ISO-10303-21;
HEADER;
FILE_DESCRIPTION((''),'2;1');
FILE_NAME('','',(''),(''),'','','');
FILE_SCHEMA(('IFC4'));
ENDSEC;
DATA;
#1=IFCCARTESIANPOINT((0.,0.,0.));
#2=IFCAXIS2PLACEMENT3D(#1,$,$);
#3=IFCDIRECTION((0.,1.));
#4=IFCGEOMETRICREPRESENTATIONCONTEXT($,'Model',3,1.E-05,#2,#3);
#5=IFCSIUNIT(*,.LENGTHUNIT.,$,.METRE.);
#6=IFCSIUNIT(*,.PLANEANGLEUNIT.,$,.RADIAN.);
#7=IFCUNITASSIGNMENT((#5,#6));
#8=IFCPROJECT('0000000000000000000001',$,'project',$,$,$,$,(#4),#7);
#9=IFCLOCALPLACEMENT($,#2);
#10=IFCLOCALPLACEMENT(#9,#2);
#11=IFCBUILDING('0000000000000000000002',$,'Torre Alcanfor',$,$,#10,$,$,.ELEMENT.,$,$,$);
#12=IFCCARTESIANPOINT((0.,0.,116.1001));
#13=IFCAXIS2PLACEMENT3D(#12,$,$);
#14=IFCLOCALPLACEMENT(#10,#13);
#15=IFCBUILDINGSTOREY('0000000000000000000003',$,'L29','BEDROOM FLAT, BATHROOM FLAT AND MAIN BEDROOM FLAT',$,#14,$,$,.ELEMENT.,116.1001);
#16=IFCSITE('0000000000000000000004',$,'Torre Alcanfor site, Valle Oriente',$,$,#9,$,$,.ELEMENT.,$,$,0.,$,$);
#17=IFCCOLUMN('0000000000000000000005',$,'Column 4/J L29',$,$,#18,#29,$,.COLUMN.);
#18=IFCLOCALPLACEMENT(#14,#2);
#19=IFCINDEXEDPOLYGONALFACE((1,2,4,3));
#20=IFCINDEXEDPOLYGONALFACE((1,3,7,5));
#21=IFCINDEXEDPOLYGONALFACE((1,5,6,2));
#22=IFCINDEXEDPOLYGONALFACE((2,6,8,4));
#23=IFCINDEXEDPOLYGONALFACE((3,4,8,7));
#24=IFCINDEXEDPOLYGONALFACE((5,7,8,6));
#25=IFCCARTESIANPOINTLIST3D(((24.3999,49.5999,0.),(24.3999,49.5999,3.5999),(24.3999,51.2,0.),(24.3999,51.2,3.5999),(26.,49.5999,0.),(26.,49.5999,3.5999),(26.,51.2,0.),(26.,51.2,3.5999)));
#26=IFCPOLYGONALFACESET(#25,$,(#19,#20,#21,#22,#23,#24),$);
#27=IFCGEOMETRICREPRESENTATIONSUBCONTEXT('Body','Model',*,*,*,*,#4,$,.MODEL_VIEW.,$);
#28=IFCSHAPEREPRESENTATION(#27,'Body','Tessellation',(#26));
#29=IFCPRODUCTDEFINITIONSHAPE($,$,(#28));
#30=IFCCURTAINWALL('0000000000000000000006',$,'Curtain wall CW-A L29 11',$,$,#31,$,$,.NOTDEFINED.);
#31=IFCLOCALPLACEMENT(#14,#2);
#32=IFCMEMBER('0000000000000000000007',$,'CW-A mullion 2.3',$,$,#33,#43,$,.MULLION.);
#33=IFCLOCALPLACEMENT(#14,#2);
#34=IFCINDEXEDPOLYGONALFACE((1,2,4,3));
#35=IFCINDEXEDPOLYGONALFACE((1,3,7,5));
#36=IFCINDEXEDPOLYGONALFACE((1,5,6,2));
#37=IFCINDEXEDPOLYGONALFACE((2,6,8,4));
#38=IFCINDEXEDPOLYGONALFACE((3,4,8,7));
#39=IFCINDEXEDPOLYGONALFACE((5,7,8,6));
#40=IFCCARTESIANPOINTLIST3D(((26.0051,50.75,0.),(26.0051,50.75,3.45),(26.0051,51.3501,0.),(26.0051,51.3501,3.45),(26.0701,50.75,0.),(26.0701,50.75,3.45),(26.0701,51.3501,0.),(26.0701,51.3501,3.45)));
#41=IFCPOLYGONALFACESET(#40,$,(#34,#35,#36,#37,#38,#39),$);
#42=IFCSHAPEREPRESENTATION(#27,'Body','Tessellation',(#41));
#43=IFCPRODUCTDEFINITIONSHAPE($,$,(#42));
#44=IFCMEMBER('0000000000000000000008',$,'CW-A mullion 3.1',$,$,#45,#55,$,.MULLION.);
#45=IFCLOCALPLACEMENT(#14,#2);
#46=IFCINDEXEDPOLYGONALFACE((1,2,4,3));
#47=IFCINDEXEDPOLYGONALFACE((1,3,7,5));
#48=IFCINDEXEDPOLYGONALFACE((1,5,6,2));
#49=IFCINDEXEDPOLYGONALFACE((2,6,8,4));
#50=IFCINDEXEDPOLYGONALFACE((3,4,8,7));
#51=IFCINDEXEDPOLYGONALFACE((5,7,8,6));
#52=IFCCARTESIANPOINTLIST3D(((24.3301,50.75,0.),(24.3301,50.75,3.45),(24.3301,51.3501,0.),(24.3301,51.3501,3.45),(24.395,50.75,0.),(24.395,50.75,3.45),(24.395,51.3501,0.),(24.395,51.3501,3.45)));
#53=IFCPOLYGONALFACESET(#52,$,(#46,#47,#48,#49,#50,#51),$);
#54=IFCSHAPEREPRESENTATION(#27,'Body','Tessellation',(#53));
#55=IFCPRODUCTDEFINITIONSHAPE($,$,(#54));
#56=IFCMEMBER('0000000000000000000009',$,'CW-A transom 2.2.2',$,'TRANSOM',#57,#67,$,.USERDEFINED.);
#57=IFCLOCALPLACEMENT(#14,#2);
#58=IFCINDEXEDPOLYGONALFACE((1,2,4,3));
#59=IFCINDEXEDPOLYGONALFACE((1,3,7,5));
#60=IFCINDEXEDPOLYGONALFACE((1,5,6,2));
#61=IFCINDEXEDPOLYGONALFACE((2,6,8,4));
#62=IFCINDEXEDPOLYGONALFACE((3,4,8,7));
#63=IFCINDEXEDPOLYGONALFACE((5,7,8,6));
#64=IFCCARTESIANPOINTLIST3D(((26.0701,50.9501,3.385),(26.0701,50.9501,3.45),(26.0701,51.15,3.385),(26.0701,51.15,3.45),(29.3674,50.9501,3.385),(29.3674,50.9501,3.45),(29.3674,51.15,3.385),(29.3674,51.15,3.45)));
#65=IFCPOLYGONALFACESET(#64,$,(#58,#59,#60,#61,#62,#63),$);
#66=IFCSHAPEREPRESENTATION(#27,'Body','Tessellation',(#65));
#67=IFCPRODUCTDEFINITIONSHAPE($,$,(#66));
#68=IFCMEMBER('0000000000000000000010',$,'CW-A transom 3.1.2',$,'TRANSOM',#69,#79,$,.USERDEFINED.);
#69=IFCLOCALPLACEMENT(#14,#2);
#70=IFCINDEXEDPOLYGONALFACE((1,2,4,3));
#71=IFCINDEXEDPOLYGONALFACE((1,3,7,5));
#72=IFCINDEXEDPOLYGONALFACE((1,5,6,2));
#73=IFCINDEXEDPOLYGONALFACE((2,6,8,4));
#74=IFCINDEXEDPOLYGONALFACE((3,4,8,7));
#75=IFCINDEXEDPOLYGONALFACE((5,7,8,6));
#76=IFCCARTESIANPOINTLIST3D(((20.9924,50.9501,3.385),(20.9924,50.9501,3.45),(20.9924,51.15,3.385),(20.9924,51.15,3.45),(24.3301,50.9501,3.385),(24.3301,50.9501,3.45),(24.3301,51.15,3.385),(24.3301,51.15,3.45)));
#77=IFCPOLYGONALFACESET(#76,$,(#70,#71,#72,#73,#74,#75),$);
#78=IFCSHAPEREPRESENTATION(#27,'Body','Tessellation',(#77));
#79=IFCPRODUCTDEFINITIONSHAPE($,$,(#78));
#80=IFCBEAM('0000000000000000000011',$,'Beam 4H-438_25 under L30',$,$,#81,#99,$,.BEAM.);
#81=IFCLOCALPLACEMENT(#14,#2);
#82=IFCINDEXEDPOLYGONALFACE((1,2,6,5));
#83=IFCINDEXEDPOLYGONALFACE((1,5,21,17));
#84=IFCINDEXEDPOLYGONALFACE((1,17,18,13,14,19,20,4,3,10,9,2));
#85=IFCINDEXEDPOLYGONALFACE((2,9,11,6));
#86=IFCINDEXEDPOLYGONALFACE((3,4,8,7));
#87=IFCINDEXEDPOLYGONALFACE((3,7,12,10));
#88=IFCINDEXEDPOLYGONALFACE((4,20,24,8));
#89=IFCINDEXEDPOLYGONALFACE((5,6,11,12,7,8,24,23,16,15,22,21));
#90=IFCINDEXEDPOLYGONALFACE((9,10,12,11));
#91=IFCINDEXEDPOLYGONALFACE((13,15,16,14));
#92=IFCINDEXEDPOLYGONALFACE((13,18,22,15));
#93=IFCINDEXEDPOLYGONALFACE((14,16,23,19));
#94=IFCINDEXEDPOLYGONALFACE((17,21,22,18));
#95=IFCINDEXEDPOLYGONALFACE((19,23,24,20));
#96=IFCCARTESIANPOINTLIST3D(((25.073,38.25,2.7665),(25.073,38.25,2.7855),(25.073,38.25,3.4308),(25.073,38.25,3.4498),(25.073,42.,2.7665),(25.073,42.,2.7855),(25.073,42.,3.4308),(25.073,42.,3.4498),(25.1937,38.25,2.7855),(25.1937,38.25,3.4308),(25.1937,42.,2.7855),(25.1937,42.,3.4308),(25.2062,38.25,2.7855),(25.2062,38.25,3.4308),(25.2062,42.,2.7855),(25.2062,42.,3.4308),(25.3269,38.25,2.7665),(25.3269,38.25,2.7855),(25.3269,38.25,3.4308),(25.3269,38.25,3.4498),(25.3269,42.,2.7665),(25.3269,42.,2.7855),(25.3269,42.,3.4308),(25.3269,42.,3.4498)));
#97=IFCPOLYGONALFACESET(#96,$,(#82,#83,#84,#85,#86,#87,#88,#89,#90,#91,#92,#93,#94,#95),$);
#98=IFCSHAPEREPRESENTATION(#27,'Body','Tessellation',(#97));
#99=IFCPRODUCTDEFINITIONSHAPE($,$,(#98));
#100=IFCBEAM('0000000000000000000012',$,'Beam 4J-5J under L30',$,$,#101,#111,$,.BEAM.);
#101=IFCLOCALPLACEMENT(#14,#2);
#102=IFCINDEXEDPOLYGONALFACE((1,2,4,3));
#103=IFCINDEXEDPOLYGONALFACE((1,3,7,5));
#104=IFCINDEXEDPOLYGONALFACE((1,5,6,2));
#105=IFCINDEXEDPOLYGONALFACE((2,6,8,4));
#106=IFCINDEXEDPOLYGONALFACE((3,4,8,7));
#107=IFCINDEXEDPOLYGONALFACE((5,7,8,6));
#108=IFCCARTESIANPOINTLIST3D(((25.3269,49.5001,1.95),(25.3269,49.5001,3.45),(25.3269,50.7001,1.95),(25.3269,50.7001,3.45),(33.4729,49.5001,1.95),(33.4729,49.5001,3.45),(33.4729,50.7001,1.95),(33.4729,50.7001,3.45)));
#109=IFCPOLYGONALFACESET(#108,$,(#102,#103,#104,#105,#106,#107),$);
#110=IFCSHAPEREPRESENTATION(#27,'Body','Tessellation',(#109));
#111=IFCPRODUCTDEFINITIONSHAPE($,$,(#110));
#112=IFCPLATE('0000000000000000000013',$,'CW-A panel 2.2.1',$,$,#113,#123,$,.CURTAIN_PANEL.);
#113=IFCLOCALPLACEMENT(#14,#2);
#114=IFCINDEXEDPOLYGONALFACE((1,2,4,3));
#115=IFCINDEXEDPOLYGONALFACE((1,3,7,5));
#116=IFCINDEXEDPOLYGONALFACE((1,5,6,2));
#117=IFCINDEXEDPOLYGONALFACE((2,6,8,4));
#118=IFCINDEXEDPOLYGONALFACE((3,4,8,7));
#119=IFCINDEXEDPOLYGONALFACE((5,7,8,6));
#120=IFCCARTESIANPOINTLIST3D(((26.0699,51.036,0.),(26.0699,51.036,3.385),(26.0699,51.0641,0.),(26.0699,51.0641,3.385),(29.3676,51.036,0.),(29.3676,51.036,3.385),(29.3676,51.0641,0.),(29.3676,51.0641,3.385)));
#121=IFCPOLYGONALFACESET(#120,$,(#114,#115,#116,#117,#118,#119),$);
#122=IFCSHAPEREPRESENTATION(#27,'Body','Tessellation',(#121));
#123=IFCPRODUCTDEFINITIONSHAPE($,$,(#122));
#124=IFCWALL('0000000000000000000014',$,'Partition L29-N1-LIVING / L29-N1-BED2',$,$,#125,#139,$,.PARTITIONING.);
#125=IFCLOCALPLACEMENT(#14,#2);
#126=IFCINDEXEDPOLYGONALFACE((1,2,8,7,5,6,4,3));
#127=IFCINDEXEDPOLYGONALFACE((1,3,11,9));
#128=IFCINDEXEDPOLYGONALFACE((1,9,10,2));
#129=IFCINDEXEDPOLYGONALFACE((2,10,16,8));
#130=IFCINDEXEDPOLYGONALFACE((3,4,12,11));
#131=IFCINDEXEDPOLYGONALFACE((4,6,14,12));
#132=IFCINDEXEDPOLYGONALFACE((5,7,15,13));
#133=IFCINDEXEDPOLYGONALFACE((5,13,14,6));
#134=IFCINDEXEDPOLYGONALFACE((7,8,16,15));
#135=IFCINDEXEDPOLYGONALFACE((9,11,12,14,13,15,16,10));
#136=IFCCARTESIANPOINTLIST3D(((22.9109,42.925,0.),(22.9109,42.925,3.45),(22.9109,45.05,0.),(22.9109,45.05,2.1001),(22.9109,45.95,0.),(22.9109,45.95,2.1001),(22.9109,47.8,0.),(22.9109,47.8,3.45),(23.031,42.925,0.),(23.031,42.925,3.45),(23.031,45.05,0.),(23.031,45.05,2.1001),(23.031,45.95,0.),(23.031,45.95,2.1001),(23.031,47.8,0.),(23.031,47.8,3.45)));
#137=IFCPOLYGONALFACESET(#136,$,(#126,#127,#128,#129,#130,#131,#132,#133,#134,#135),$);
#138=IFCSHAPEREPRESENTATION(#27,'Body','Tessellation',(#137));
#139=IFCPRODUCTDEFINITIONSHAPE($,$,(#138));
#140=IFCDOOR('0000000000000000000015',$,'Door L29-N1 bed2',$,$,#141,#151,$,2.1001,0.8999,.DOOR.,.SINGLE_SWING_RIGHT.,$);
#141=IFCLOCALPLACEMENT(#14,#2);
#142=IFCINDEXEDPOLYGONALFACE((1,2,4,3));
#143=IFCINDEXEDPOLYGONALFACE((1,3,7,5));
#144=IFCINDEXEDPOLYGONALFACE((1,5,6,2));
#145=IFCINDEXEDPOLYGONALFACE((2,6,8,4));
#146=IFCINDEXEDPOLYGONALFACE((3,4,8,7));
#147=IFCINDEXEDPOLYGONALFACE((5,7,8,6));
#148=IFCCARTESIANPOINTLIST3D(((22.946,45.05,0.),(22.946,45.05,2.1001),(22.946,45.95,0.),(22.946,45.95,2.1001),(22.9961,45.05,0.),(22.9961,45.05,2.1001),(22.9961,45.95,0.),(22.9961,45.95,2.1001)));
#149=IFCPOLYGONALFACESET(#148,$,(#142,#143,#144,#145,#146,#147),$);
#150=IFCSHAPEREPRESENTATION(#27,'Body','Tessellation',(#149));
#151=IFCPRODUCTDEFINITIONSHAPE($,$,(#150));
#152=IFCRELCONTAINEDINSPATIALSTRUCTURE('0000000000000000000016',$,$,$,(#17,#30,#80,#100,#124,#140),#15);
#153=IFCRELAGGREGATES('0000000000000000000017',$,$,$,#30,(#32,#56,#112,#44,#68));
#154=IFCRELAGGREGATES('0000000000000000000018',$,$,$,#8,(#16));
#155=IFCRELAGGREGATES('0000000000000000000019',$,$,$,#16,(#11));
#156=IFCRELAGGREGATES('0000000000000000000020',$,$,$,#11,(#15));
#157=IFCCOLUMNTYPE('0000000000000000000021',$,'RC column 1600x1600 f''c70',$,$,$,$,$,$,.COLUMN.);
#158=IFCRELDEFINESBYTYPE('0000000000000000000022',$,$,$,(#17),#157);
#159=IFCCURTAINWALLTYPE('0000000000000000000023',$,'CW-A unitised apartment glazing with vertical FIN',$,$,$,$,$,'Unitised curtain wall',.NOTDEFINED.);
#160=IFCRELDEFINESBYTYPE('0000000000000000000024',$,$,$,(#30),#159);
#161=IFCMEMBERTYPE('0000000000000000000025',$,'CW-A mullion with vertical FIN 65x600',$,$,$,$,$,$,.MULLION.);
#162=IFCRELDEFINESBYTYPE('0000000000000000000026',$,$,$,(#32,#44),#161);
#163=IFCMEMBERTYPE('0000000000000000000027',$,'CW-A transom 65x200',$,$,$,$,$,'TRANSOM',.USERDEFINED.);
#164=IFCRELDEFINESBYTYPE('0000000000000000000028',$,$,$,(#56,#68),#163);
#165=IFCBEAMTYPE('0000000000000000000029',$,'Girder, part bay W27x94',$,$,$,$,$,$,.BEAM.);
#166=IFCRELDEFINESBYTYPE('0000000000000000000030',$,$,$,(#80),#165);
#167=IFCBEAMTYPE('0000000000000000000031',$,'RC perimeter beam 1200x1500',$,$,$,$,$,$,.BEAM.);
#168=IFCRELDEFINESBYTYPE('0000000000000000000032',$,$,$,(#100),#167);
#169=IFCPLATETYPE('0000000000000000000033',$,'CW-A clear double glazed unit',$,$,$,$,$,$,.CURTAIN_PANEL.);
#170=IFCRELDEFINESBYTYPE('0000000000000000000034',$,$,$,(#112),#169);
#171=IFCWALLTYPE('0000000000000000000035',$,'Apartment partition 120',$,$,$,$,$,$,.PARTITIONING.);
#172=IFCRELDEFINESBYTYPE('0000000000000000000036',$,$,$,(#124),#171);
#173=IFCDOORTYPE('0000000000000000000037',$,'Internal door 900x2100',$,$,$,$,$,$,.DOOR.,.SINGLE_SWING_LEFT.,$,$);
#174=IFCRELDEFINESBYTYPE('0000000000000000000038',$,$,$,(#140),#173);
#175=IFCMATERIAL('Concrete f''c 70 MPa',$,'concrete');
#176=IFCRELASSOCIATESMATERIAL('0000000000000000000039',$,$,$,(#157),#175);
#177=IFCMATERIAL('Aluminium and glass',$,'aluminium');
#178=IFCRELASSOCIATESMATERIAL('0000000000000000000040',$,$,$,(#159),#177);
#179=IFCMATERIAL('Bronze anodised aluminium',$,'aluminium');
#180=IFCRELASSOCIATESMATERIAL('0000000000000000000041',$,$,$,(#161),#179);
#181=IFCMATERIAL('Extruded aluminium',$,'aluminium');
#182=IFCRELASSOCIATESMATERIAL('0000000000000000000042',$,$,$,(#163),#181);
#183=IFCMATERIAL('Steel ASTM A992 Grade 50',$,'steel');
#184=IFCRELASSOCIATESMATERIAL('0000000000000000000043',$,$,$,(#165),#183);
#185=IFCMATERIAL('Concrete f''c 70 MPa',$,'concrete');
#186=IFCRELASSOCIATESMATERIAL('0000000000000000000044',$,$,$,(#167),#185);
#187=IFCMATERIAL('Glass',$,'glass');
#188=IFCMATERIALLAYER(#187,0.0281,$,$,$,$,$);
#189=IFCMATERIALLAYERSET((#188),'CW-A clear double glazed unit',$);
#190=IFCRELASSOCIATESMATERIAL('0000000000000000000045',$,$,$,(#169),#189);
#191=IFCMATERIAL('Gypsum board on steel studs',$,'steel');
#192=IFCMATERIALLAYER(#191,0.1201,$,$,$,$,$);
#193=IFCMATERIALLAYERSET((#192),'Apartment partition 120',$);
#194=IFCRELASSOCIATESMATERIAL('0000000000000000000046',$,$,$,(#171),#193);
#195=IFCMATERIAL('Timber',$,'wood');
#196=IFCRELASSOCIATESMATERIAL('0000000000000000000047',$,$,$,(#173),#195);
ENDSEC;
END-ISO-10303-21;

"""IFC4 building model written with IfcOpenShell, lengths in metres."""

from ifc_helpers import new_model, si_unit, direction, frame, frame_2d, origin, origin_2d, place, context, subcontext, project, spatial, rectangle, i_section, extrude, material, layer, layer_set, material_profile, profile_set, type_object, element, fill, aggregate, save


model = new_model("IFC4")

# Units and contexts
model_context = context("Model", 3, precision=1e-05, world=origin(), true_north=direction((0.0, 1.0)))
body_context = subcontext(model_context, "Body", "Model", "MODEL_VIEW")
ifc_project = project(units=[si_unit("LENGTHUNIT", "METRE"), si_unit("PLANEANGLEUNIT", "RADIAN")], contexts=[model_context])

# Site, building, storey
site_placement = place(None, origin())
site = spatial("IfcSite", under=ifc_project, at=site_placement, Name="Torre Alcanfor site, Valle Oriente", CompositionType="ELEMENT", RefElevation=0.0)
building_placement = place(site_placement, origin())
building = spatial("IfcBuilding", under=site, at=building_placement, Name="Torre Alcanfor", CompositionType="ELEMENT")
storey_placement = place(building_placement, frame((0.0, 0.0, 116.1001)))
storey = spatial("IfcBuildingStorey", under=building, at=storey_placement, Name="L29", Description="BEDROOM FLAT, BATHROOM FLAT AND MAIN BEDROOM FLAT", CompositionType="ELEMENT", Elevation=116.1001)

# Column
ifc_material_1 = material(Name="Concrete f'c 70 MPa", Category="concrete")
ifc_material_profile_1 = material_profile(ifc_material_1, rectangle(XDim=1.6001, YDim=1.6001, at=origin_2d()), Name="1600x1600")
ifc_profile_set_1 = profile_set([ifc_material_profile_1], Name="Concrete f'c 70 MPa")
column_type = type_object("IfcColumnType", Name="RC column 1600x1600 f'c70", PredefinedType="COLUMN", material=ifc_profile_set_1)
column_placement = place(storey_placement, frame((25.2, 50.3999, 0.0), z_axis=(0.0, 0.0, 1.0), x_axis=(1.0, 0.0, 0.0)))
element("IfcColumn", 1, at=column_placement, inside=storey, type_object=column_type, Name="Column 4/J L29", PredefinedType="COLUMN", context=body_context, shape_type="SweptSolid", body=[
    extrude(rectangle(XDim=1.6001, YDim=1.6001, at=origin_2d()), origin(), (0.0, 0.0, 1.0), 3.5999),
])

# Curtain wall, members
ifc_material_2 = material(Name="Aluminium and glass", Category="aluminium")
curtain_wall_type = type_object("IfcCurtainWallType", Name="CW-A unitised apartment glazing with vertical FIN", ElementType="Unitised curtain wall", PredefinedType="NOTDEFINED", material=ifc_material_2)
curtain_wall_placement = place(storey_placement, origin())
curtain_wall = element("IfcCurtainWall", 2, at=curtain_wall_placement, inside=storey, type_object=curtain_wall_type, Name="Curtain wall CW-A L29 11", PredefinedType="NOTDEFINED")
ifc_material_3 = material(Name="Bronze anodised aluminium", Category="aluminium")
ifc_material_profile_2 = material_profile(ifc_material_3, rectangle(XDim=0.6001, YDim=0.0649, at=origin_2d()), Name="CW-A mullion 65x600")
ifc_profile_set_2 = profile_set([ifc_material_profile_2], Name="Bronze anodised aluminium")
member_type_1 = type_object("IfcMemberType", Name="CW-A mullion with vertical FIN 65x600", PredefinedType="MULLION", material=ifc_profile_set_2)
member_1_placement = place(storey_placement, frame((26.0376, 51.05, 0.0), z_axis=(0.0, 0.0, 1.0), x_axis=(0.0, -1.0, 0.0)))
member_1 = element("IfcMember", 3, at=member_1_placement, type_object=member_type_1, Name="CW-A mullion 2.3", PredefinedType="MULLION", context=body_context, shape_type="SweptSolid", body=[
    extrude(rectangle(XDim=0.6001, YDim=0.0649, at=origin_2d()), origin(), (0.0, 0.0, 1.0), 3.45),
])
member_2_placement = place(storey_placement, frame((24.3625, 51.05, 0.0), z_axis=(0.0, 0.0, 1.0), x_axis=(0.0, -1.0, 0.0)))
member_2 = element("IfcMember", 4, at=member_2_placement, type_object=member_type_1, Name="CW-A mullion 3.1", PredefinedType="MULLION", context=body_context, shape_type="SweptSolid", body=[
    extrude(rectangle(XDim=0.6001, YDim=0.0649, at=origin_2d()), origin(), (0.0, 0.0, 1.0), 3.45),
])
ifc_material_4 = material(Name="Extruded aluminium", Category="aluminium")
ifc_material_profile_3 = material_profile(ifc_material_4, rectangle(XDim=0.2, YDim=0.0649, at=origin_2d()), Name="CW-A transom 200x65")
ifc_profile_set_3 = profile_set([ifc_material_profile_3], Name="Extruded aluminium")
member_type_2 = type_object("IfcMemberType", Name="CW-A transom 65x200", ElementType="TRANSOM", PredefinedType="USERDEFINED", material=ifc_profile_set_3)
member_3_placement = place(storey_placement, frame((29.3674, 51.05, 3.4175), z_axis=(-1.0, 0.0, 0.0), x_axis=(0.0, -1.0, 0.0)))
member_3 = element("IfcMember", 5, at=member_3_placement, type_object=member_type_2, Name="CW-A transom 2.2.2", ObjectType="TRANSOM", PredefinedType="USERDEFINED", context=body_context, shape_type="SweptSolid", body=[
    extrude(rectangle(XDim=0.2, YDim=0.0649, at=origin_2d()), origin(), (0.0, 0.0, 1.0), 3.2974),
])
member_4_placement = place(storey_placement, frame((24.3301, 51.05, 3.4175), z_axis=(-1.0, 0.0, 0.0), x_axis=(0.0, -1.0, 0.0)))
member_4 = element("IfcMember", 6, at=member_4_placement, type_object=member_type_2, Name="CW-A transom 3.1.2", ObjectType="TRANSOM", PredefinedType="USERDEFINED", context=body_context, shape_type="SweptSolid", body=[
    extrude(rectangle(XDim=0.2, YDim=0.0649, at=origin_2d()), origin(), (0.0, 0.0, 1.0), 3.3376),
])

# Beams
ifc_material_5 = material(Name="Steel ASTM A992 Grade 50", Category="steel")
ifc_material_profile_4 = material_profile(ifc_material_5, i_section(OverallWidth=0.2539, OverallDepth=0.6833, WebThickness=0.0125, FlangeThickness=0.019, at=origin_2d()), Name="W27x94")
ifc_profile_set_4 = profile_set([ifc_material_profile_4], Name="Steel ASTM A992 Grade 50")
beam_type_1 = type_object("IfcBeamType", Name="Girder, part bay W27x94", PredefinedType="BEAM", material=ifc_profile_set_4)
beam_1_placement = place(storey_placement, frame((25.2, 42.0, 3.1082), z_axis=(0.0, -1.0, 0.0), x_axis=(1.0, 0.0, 0.0)))
element("IfcBeam", 7, at=beam_1_placement, inside=storey, type_object=beam_type_1, Name="Beam 4H-438_25 under L30", PredefinedType="BEAM", context=body_context, shape_type="SweptSolid", body=[
    extrude(i_section(OverallWidth=0.2539, OverallDepth=0.6833, WebThickness=0.0125, FlangeThickness=0.019, at=origin_2d()), origin(), (0.0, 0.0, 1.0), 3.75),
])
ifc_material_6 = material(Name="Concrete f'c 70 MPa", Category="concrete")
ifc_material_profile_5 = material_profile(ifc_material_6, rectangle(XDim=1.2, YDim=1.5, at=origin_2d()), Name="1200x1500")
ifc_profile_set_5 = profile_set([ifc_material_profile_5], Name="Concrete f'c 70 MPa")
beam_type_2 = type_object("IfcBeamType", Name="RC perimeter beam 1200x1500", PredefinedType="BEAM", material=ifc_profile_set_5)
beam_2_placement = place(storey_placement, frame((25.3269, 50.1001, 2.7), z_axis=(1.0, 0.0, 0.0), x_axis=(0.0, 1.0, 0.0)))
element("IfcBeam", 8, at=beam_2_placement, inside=storey, type_object=beam_type_2, Name="Beam 4J-5J under L30", PredefinedType="BEAM", context=body_context, shape_type="SweptSolid", body=[
    extrude(rectangle(XDim=1.2, YDim=1.5, at=origin_2d()), origin(), (0.0, 0.0, 1.0), 8.146),
])

# Plate
ifc_material_7 = material(Name="Glass", Category="glass")
ifc_layer_1 = layer(ifc_material_7, 0.0281)
ifc_layer_set_1 = layer_set([ifc_layer_1], Name="CW-A clear double glazed unit")
plate_type = type_object("IfcPlateType", Name="CW-A clear double glazed unit", PredefinedType="CURTAIN_PANEL", material=ifc_layer_set_1)
plate_placement = place(storey_placement, frame((27.7188, 51.05, 0.0), z_axis=(0.0, 0.0, 1.0), x_axis=(-1.0, 0.0, 0.0)))
plate = element("IfcPlate", 9, at=plate_placement, type_object=plate_type, Name="CW-A panel 2.2.1", PredefinedType="CURTAIN_PANEL", context=body_context, shape_type="SweptSolid", body=[
    extrude(rectangle(XDim=3.2976, YDim=0.0281, at=origin_2d()), origin(), (0.0, 0.0, 1.0), 3.385),
])
aggregate(curtain_wall, [member_1, member_3, plate, member_2, member_4])

# Wall, opening, door
ifc_material_8 = material(Name="Gypsum board on steel studs", Category="steel")
ifc_layer_2 = layer(ifc_material_8, 0.1201)
ifc_layer_set_2 = layer_set([ifc_layer_2], Name="Apartment partition 120")
wall_type_1 = type_object("IfcWallType", Name="Apartment partition 120", PredefinedType="PARTITIONING", material=ifc_layer_set_2)
wall_1_placement = place(storey_placement, frame((22.9709, 42.925, 0.0), z_axis=(0.0, 0.0, 1.0), x_axis=(0.0, 1.0, 0.0)))
wall_1 = element("IfcWall", 10, at=wall_1_placement, inside=storey, type_object=wall_type_1, Name="Partition L29-N1-LIVING / L29-N1-BED2", PredefinedType="PARTITIONING", context=body_context, shape_type="SweptSolid", body=[
    extrude(rectangle(XDim=4.875, YDim=0.1201, at=frame_2d((2.4375, 0.0))), origin(), (0.0, 0.0, 1.0), 3.45),
])
opening_1_placement = place(wall_1_placement, frame((2.125, 0.0, 0.0)))
opening_1 = element("IfcOpeningElement", 11, at=opening_1_placement, cuts=wall_1, PredefinedType="OPENING", context=body_context, shape_type="SweptSolid", body=[
    extrude(rectangle(XDim=0.8999, YDim=2.1001, at=frame_2d((0.45, 1.05))), frame((0.0, 0.0701, 0.0), z_axis=(0.0, -1.0, 0.0), x_axis=(1.0, 0.0, 0.0)), (0.0, 0.0, 1.0), 0.1401),
])
ifc_material_9 = material(Name="Timber", Category="wood")
door_type_1 = type_object("IfcDoorType", Name="Internal door 900x2100", OperationType="SINGLE_SWING_LEFT", PredefinedType="DOOR", material=ifc_material_9)
door_1_placement = place(opening_1_placement, origin())
door_1 = element("IfcDoor", 12, at=door_1_placement, inside=storey, type_object=door_type_1, Name="Door L29-N1 bed2", OperationType="SINGLE_SWING_RIGHT", OverallHeight=2.1001, OverallWidth=0.8999, PredefinedType="DOOR", context=body_context, shape_type="SweptSolid", body=[
    extrude(rectangle(XDim=0.8999, YDim=2.1001, at=frame_2d((0.45, 1.05))), frame((0.0, 0.0249, 0.0), z_axis=(0.0, -1.0, 0.0), x_axis=(1.0, 0.0, 0.0)), (0.0, 0.0, 1.0), 0.05),
])
fill(opening_1, door_1)

save(model, "model.ifc")
